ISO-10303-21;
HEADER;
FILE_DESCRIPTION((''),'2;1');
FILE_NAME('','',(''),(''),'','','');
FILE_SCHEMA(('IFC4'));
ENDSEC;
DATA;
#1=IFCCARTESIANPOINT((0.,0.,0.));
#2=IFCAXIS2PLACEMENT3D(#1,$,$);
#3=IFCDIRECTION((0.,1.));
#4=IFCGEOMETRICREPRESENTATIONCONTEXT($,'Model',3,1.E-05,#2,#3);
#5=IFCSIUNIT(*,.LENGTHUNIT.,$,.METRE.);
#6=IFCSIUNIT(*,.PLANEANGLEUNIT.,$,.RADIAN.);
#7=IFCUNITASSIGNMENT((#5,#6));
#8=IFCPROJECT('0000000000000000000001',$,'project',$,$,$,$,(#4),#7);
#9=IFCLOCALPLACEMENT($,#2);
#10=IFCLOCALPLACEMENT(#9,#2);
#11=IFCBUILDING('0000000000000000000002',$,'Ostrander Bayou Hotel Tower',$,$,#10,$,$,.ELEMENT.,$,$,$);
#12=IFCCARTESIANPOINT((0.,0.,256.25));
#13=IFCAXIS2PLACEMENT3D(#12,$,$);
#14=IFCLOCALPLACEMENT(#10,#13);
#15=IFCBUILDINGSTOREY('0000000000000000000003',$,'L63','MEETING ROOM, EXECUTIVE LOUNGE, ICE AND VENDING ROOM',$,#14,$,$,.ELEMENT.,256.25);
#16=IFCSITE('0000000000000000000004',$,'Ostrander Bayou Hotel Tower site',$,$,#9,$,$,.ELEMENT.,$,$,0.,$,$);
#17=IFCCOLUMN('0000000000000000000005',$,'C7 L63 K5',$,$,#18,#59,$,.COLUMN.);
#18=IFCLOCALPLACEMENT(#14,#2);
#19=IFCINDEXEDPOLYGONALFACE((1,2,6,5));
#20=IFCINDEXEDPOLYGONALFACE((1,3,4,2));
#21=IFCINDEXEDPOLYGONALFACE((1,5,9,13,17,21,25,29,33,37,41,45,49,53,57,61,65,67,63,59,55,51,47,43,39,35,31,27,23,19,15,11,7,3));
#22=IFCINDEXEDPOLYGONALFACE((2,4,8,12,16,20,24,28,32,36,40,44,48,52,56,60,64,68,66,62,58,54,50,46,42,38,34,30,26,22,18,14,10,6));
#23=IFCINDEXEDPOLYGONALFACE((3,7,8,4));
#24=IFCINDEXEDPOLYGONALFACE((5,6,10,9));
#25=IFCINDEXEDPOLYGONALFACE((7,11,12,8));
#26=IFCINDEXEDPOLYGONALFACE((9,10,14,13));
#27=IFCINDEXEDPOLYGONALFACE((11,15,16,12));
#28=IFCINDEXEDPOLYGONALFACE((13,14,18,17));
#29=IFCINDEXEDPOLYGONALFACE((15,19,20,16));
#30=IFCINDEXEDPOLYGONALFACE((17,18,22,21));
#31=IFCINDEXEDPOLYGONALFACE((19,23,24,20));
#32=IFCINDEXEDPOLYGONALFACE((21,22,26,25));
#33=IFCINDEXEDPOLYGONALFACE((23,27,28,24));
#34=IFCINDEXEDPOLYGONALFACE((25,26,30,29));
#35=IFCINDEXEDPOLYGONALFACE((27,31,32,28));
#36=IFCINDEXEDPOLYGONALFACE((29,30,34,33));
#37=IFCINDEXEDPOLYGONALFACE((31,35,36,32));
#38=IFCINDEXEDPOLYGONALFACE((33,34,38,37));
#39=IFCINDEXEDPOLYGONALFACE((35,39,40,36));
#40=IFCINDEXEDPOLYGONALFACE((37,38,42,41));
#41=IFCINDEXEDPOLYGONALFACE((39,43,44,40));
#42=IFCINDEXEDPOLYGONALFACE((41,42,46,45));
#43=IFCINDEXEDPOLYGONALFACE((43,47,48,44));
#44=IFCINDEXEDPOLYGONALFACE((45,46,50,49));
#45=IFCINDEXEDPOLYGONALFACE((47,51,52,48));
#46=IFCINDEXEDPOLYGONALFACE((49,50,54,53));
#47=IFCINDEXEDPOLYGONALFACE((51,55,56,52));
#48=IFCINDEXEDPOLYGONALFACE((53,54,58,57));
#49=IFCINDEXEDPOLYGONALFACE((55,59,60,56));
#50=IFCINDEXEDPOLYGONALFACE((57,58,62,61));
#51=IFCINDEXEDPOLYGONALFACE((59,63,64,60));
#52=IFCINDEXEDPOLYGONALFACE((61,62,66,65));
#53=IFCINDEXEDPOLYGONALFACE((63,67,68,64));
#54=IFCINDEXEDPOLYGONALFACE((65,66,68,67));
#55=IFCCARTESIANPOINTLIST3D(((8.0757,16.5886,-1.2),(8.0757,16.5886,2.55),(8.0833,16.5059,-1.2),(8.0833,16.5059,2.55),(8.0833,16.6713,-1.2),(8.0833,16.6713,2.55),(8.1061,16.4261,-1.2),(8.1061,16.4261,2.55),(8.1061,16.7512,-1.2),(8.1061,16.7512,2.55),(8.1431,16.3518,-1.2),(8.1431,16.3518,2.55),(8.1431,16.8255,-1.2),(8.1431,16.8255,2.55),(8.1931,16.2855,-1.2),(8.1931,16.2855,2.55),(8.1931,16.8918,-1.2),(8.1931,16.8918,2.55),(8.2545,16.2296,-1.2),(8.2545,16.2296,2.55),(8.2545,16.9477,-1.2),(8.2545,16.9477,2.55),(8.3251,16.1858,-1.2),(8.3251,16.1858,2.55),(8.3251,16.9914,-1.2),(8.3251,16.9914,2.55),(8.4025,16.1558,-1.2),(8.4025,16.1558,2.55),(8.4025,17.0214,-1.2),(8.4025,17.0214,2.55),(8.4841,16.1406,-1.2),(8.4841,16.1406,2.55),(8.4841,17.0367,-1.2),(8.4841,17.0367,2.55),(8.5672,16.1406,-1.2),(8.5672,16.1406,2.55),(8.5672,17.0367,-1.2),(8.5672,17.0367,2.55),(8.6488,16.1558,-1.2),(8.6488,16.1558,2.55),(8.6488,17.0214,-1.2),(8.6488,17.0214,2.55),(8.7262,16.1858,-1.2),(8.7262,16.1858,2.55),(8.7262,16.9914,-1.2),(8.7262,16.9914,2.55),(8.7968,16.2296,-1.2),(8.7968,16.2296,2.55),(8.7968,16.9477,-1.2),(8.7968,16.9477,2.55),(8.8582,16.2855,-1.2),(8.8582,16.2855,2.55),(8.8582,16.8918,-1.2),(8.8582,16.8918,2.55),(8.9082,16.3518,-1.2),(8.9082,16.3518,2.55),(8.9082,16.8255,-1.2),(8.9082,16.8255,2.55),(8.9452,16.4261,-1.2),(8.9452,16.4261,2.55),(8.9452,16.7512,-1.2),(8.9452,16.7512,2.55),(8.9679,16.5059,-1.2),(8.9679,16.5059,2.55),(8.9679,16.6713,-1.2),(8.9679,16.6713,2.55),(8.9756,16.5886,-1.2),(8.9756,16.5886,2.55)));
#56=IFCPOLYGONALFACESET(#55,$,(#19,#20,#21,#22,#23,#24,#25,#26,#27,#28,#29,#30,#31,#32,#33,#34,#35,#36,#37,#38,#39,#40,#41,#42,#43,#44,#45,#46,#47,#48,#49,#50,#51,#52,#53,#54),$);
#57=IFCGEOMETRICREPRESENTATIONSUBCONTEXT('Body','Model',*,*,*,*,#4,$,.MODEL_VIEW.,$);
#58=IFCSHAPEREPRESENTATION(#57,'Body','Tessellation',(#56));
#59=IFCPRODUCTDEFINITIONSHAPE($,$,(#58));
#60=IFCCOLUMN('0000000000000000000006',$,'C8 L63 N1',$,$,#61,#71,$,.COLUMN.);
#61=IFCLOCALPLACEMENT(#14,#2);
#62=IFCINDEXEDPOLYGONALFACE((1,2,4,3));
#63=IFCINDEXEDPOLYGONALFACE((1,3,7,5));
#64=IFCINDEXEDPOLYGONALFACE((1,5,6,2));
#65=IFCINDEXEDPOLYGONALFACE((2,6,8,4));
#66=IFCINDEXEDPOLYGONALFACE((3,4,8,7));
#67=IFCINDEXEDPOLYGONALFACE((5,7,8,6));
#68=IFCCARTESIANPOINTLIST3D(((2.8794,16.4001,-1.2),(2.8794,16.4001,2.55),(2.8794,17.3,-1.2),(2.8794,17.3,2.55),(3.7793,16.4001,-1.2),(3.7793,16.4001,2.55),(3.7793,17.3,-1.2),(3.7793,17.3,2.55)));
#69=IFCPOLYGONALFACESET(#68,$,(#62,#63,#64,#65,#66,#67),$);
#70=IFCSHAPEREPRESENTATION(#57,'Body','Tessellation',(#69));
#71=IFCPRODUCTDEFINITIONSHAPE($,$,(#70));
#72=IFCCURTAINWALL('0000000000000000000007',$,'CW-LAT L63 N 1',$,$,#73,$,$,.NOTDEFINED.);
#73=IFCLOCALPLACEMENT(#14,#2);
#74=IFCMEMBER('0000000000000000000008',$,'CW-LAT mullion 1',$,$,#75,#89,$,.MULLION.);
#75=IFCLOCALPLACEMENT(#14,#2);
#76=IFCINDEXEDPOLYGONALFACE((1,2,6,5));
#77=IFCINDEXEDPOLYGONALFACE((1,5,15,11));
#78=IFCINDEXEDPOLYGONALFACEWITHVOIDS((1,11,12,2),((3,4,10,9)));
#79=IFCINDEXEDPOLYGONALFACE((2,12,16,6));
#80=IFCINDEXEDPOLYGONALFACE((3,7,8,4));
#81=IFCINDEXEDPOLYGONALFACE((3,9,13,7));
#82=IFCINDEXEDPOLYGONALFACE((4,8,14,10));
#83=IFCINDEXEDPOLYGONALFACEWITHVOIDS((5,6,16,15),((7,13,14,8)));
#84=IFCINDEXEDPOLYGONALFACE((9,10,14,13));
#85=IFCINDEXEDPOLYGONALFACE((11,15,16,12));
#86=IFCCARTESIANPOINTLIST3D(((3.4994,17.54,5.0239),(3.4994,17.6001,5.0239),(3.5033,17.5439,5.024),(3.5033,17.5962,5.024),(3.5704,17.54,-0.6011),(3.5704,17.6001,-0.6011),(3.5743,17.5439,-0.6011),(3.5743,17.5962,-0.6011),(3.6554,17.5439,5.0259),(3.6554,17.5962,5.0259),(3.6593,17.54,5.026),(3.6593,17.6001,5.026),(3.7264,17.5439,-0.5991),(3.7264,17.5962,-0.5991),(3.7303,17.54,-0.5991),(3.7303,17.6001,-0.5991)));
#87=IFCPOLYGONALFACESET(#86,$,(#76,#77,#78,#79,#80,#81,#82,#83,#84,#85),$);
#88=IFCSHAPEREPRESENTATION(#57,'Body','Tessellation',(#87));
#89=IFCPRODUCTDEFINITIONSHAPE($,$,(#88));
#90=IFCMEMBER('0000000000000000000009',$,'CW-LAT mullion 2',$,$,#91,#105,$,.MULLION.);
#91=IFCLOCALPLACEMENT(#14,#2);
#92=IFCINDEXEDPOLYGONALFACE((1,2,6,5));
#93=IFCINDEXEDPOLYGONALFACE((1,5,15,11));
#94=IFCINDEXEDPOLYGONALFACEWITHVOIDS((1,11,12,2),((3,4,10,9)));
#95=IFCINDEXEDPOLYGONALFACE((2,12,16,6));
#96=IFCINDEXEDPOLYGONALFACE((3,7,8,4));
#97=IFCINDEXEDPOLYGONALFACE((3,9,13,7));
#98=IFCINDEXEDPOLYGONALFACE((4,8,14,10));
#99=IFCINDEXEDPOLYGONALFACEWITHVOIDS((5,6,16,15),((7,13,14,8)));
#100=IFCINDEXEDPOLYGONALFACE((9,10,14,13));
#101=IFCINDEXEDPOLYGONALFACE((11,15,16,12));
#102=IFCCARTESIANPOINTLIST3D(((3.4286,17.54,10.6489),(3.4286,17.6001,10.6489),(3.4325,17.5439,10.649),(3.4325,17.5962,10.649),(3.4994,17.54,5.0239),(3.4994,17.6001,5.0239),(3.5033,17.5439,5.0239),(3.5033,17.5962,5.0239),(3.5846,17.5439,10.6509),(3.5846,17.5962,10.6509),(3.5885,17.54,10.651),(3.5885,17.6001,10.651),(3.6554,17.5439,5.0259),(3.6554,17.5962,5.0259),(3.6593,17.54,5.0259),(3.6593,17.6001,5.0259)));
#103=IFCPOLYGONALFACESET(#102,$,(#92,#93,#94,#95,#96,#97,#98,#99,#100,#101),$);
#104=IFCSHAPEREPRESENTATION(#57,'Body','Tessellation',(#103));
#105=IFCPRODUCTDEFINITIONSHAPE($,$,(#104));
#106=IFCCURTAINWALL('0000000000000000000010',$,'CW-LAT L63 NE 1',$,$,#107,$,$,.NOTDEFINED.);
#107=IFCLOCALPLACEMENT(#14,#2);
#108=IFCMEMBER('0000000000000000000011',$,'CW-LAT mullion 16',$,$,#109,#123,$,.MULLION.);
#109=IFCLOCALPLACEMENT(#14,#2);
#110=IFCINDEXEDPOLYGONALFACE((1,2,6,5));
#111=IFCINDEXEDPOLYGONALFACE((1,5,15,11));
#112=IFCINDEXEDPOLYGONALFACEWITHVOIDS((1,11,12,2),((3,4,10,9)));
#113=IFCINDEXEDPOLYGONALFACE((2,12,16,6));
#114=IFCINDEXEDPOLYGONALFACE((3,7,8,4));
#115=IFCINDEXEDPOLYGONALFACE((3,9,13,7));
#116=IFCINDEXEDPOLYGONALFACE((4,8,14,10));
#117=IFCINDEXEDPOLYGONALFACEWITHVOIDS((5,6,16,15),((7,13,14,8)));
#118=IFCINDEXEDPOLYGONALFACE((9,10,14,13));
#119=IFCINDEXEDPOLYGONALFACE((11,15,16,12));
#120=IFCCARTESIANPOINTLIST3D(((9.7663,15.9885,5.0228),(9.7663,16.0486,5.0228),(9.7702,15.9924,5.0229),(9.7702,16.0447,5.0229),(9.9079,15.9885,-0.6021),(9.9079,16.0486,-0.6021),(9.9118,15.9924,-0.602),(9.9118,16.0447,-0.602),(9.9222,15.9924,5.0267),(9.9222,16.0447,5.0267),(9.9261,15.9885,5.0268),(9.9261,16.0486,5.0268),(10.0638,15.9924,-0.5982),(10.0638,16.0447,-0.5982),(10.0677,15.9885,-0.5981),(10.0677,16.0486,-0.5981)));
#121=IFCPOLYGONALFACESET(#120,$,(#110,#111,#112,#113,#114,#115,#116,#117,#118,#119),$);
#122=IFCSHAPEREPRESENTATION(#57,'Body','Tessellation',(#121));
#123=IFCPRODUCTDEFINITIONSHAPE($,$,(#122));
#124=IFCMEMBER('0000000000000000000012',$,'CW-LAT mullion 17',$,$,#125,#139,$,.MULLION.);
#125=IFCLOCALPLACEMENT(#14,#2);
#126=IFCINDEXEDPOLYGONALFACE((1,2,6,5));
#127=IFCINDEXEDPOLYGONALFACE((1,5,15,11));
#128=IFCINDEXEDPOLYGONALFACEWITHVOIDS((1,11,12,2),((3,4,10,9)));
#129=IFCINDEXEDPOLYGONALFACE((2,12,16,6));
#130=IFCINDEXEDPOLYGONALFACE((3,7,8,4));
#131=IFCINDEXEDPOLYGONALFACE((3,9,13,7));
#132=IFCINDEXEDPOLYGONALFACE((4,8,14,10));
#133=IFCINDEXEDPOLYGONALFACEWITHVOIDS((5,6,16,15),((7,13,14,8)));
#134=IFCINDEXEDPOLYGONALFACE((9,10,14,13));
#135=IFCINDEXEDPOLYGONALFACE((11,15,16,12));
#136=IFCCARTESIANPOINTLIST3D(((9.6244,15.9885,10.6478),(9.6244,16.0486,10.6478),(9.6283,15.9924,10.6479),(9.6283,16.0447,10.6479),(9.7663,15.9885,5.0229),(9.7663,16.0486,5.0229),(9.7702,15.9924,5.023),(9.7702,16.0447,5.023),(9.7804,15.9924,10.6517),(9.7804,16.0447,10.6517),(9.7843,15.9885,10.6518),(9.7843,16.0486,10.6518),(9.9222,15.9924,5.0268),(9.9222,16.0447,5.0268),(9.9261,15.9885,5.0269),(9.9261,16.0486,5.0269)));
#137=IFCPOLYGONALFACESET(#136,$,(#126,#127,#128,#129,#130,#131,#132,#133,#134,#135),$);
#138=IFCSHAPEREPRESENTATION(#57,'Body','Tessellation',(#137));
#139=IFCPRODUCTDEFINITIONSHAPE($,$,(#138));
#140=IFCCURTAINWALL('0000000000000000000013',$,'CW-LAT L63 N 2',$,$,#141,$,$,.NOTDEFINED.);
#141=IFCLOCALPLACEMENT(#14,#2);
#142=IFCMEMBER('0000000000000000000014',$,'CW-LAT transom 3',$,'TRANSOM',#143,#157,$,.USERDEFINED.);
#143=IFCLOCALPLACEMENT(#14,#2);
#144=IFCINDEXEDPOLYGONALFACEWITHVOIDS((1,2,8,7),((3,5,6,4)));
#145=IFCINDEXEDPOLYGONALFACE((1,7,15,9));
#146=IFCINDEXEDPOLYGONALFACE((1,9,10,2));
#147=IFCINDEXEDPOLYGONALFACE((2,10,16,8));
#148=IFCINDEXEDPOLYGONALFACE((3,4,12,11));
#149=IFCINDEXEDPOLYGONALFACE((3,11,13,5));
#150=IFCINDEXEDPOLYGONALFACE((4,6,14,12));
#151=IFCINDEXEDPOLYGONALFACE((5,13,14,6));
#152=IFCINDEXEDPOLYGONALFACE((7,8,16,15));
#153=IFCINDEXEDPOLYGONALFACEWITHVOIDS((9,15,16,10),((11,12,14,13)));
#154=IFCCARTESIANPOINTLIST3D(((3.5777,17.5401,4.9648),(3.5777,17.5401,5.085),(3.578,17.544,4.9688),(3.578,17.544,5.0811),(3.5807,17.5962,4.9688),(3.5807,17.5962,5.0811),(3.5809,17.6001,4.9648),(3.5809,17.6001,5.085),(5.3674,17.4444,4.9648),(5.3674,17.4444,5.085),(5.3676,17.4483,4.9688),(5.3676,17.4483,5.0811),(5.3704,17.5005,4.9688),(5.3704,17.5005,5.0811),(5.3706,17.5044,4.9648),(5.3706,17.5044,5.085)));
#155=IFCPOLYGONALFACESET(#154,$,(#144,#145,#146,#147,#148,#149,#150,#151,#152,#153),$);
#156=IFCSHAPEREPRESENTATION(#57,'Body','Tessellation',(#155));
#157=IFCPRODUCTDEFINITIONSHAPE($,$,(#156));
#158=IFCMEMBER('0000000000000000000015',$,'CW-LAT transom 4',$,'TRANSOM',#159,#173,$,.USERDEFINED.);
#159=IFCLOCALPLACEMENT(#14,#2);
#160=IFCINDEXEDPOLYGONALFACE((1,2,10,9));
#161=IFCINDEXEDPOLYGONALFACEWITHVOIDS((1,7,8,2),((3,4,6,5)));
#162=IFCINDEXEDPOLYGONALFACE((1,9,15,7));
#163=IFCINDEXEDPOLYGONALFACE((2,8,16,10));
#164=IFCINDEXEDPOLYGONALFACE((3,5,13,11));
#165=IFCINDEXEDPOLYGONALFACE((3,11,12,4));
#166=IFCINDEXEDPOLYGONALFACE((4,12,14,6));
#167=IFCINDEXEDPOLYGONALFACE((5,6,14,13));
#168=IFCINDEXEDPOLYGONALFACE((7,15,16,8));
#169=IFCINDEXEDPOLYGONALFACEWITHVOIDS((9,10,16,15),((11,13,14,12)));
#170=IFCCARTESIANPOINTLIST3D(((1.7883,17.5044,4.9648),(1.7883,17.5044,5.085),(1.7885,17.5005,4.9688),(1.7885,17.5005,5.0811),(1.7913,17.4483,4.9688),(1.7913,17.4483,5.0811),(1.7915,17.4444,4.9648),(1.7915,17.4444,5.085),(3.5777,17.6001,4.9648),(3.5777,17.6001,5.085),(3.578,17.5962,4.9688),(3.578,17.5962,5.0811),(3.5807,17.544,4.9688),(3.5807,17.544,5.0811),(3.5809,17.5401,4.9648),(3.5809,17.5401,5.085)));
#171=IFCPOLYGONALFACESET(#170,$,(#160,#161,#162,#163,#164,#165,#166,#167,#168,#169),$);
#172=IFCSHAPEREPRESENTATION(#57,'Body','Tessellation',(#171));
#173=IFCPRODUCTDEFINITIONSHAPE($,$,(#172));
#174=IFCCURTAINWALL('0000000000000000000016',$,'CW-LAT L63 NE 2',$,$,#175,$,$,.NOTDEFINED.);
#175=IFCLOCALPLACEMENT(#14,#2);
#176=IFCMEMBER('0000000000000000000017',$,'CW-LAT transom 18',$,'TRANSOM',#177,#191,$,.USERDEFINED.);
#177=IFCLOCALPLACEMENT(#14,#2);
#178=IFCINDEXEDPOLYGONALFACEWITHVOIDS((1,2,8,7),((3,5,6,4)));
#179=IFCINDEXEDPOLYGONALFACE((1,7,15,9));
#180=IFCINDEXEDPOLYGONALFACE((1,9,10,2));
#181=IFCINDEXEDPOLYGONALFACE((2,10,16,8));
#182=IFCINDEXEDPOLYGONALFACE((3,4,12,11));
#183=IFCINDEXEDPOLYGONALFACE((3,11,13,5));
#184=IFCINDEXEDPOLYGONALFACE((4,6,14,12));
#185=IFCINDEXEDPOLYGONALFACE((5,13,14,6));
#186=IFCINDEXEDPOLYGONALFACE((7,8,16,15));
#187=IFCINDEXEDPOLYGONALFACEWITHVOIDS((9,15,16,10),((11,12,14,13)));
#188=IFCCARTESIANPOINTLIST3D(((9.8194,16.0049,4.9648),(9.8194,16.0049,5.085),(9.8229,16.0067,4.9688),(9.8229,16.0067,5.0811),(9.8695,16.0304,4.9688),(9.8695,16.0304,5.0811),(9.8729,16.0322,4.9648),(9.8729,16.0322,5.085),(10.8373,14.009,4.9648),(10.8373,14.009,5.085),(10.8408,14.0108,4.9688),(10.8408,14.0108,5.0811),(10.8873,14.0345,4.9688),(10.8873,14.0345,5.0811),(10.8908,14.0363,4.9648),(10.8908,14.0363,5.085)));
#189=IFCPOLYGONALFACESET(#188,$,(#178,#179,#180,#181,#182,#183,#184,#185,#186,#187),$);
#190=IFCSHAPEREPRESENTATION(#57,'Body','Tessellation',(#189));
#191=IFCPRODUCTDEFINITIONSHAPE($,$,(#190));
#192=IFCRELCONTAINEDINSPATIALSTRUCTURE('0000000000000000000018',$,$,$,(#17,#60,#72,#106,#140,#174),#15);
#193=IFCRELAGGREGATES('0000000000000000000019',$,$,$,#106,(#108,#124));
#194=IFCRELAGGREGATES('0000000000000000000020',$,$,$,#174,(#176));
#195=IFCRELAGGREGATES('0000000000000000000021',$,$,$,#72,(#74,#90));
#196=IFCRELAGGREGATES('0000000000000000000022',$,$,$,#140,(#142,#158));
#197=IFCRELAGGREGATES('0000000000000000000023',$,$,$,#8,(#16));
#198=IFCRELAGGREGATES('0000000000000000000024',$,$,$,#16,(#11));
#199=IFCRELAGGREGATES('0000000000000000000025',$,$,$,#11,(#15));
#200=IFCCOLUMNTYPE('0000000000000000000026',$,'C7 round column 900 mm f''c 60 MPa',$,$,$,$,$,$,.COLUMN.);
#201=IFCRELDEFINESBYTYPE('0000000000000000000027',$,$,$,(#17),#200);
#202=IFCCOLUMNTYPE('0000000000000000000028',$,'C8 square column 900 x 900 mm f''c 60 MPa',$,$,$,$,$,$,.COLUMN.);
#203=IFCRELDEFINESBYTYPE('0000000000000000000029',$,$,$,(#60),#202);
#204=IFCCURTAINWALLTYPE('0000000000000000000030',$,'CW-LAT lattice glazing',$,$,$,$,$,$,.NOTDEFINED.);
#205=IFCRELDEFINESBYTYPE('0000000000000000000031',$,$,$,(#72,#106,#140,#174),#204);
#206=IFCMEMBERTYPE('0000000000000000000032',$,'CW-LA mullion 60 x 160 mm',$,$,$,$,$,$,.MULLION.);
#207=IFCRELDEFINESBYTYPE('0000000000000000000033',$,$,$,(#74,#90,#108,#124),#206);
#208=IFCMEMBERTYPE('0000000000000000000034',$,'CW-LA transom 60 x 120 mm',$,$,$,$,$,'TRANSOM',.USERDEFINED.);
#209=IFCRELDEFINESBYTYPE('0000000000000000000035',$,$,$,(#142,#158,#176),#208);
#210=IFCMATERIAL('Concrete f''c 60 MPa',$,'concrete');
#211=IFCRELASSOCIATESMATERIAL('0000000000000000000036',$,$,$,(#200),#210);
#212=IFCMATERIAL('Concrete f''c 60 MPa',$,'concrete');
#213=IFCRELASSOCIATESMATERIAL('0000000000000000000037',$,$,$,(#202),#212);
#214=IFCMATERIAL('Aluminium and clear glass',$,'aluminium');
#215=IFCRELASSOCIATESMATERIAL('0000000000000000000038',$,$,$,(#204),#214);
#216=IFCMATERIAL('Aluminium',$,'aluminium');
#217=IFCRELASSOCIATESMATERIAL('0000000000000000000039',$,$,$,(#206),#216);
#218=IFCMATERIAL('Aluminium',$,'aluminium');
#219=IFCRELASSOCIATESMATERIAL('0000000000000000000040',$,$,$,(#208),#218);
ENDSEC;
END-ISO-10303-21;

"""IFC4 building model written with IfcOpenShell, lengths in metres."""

from ifc_helpers import new_model, si_unit, direction, frame, origin, origin_2d, place, context, subcontext, project, spatial, rectangle, hollow_rectangle, circle, extrude, material, material_profile, profile_set, type_object, element, aggregate, save


model = new_model("IFC4")

# Units and contexts
model_context = context("Model", 3, precision=1e-05, world=origin(), true_north=direction((0.0, 1.0)))
body_context = subcontext(model_context, "Body", "Model", "MODEL_VIEW")
ifc_project = project(units=[si_unit("LENGTHUNIT", "METRE"), si_unit("PLANEANGLEUNIT", "RADIAN")], contexts=[model_context])

# Site, building, storey
site_placement = place(None, origin())
site = spatial("IfcSite", under=ifc_project, at=site_placement, Name="Ostrander Bayou Hotel Tower site", CompositionType="ELEMENT", RefElevation=0.0)
building_placement = place(site_placement, origin())
building = spatial("IfcBuilding", under=site, at=building_placement, Name="Ostrander Bayou Hotel Tower", CompositionType="ELEMENT")
storey_placement = place(building_placement, frame((0.0, 0.0, 256.25)))
storey = spatial("IfcBuildingStorey", under=building, at=storey_placement, Name="L63", Description="MEETING ROOM, EXECUTIVE LOUNGE, ICE AND VENDING ROOM", CompositionType="ELEMENT", Elevation=256.25)

# Columns
ifc_material_1 = material(Name="Concrete f'c 60 MPa", Category="concrete")
ifc_material_profile_1 = material_profile(ifc_material_1, circle(Radius=0.45, at=origin_2d()))
ifc_profile_set_1 = profile_set([ifc_material_profile_1], Name="Concrete f'c 60 MPa")
column_type_1 = type_object("IfcColumnType", Name="C7 round column 900 mm f'c 60 MPa", PredefinedType="COLUMN", material=ifc_profile_set_1)
column_1_placement = place(storey_placement, frame((8.5256, 16.5886, -1.2), z_axis=(0.0, 0.0, 1.0), x_axis=(1.0, 0.0, 0.0)))
element("IfcColumn", 1, at=column_1_placement, inside=storey, type_object=column_type_1, Name="C7 L63 K5", PredefinedType="COLUMN", context=body_context, shape_type="SweptSolid", body=[
    extrude(circle(Radius=0.45, at=origin_2d()), origin(), (0.0, 0.0, 1.0), 3.75),
])
ifc_material_2 = material(Name="Concrete f'c 60 MPa", Category="concrete")
ifc_material_profile_2 = material_profile(ifc_material_2, rectangle(XDim=0.8999, YDim=0.8999, at=origin_2d()))
ifc_profile_set_2 = profile_set([ifc_material_profile_2], Name="Concrete f'c 60 MPa")
column_type_2 = type_object("IfcColumnType", Name="C8 square column 900 x 900 mm f'c 60 MPa", PredefinedType="COLUMN", material=ifc_profile_set_2)
column_2_placement = place(storey_placement, frame((3.3293, 16.8501, -1.2), z_axis=(0.0, 0.0, 1.0), x_axis=(1.0, 0.0, 0.0)))
element("IfcColumn", 2, at=column_2_placement, inside=storey, type_object=column_type_2, Name="C8 L63 N1", PredefinedType="COLUMN", context=body_context, shape_type="SweptSolid", body=[
    extrude(rectangle(XDim=0.8999, YDim=0.8999, at=origin_2d()), origin(), (0.0, 0.0, 1.0), 3.75),
])

# Curtain walls, members
ifc_material_3 = material(Name="Aluminium and clear glass", Category="aluminium")
curtain_wall_type = type_object("IfcCurtainWallType", Name="CW-LAT lattice glazing", PredefinedType="NOTDEFINED", material=ifc_material_3)
curtain_wall_1_placement = place(storey_placement, origin())
curtain_wall_1 = element("IfcCurtainWall", 3, at=curtain_wall_1_placement, inside=storey, type_object=curtain_wall_type, Name="CW-LAT L63 N 1", PredefinedType="NOTDEFINED")
ifc_material_4 = material(Name="Aluminium", Category="aluminium")
ifc_material_profile_3 = material_profile(ifc_material_4, hollow_rectangle(XDim=0.0601, YDim=0.1599, WallThickness=0.0039, at=origin_2d()))
ifc_profile_set_3 = profile_set([ifc_material_profile_3], Name="Aluminium")
member_type_1 = type_object("IfcMemberType", Name="CW-LA mullion 60 x 160 mm", PredefinedType="MULLION", material=ifc_profile_set_3)
member_1_placement = place(storey_placement, frame((3.6504, 17.5701, -0.6001), z_axis=(-0.012629, 0.0, 0.99992), x_axis=(0.0, -1.0, 0.0)))
member_1 = element("IfcMember", 4, at=member_1_placement, type_object=member_type_1, Name="CW-LAT mullion 1", PredefinedType="MULLION", context=body_context, shape_type="SweptSolid", body=[
    extrude(hollow_rectangle(XDim=0.0601, YDim=0.1599, WallThickness=0.0039, at=origin_2d()), origin(), (0.0, 0.0, 1.0), 5.6255),
])
member_2_placement = place(storey_placement, frame((3.5793, 17.5701, 5.0249), z_axis=(-0.012586, 0.0, 0.999921), x_axis=(0.0, -1.0, 0.0)))
member_2 = element("IfcMember", 5, at=member_2_placement, type_object=member_type_1, Name="CW-LAT mullion 2", PredefinedType="MULLION", context=body_context, shape_type="SweptSolid", body=[
    extrude(hollow_rectangle(XDim=0.0601, YDim=0.1599, WallThickness=0.0039, at=origin_2d()), origin(), (0.0, 0.0, 1.0), 5.6255),
])
curtain_wall_2_placement = place(storey_placement, origin())
curtain_wall_2 = element("IfcCurtainWall", 6, at=curtain_wall_2_placement, inside=storey, type_object=curtain_wall_type, Name="CW-LAT L63 NE 1", PredefinedType="NOTDEFINED")
member_3_placement = place(storey_placement, frame((9.9878, 16.0186, -0.6001), z_axis=(-0.025166, 0.0, 0.999683), x_axis=(0.0, -1.0, 0.0)))
member_3 = element("IfcMember", 7, at=member_3_placement, type_object=member_type_1, Name="CW-LAT mullion 16", PredefinedType="MULLION", context=body_context, shape_type="SweptSolid", body=[
    extrude(hollow_rectangle(XDim=0.0601, YDim=0.1599, WallThickness=0.0039, at=origin_2d()), origin(), (0.0, 0.0, 1.0), 5.6267),
])
member_4_placement = place(storey_placement, frame((9.8462, 16.0186, 5.0249), z_axis=(-0.025209, 0.0, 0.999682), x_axis=(0.0, -1.0, 0.0)))
member_4 = element("IfcMember", 8, at=member_4_placement, type_object=member_type_1, Name="CW-LAT mullion 17", PredefinedType="MULLION", context=body_context, shape_type="SweptSolid", body=[
    extrude(hollow_rectangle(XDim=0.0601, YDim=0.1599, WallThickness=0.0039, at=origin_2d()), origin(), (0.0, 0.0, 1.0), 5.6267),
])
aggregate(curtain_wall_2, [member_3, member_4])
curtain_wall_3_placement = place(storey_placement, origin())
curtain_wall_3 = element("IfcCurtainWall", 9, at=curtain_wall_3_placement, inside=storey, type_object=curtain_wall_type, Name="CW-LAT L63 N 2", PredefinedType="NOTDEFINED")
ifc_material_5 = material(Name="Aluminium", Category="aluminium")
ifc_material_profile_4 = material_profile(ifc_material_5, hollow_rectangle(XDim=0.0601, YDim=0.1201, WallThickness=0.0039, at=origin_2d()))
ifc_profile_set_4 = profile_set([ifc_material_profile_4], Name="Aluminium")
member_type_2 = type_object("IfcMemberType", Name="CW-LA transom 60 x 120 mm", ElementType="TRANSOM", PredefinedType="USERDEFINED", material=ifc_profile_set_4)
member_5_placement = place(storey_placement, frame((3.5793, 17.5701, 5.0249), z_axis=(0.998573, -0.053395, 0.0), x_axis=(0.053395, 0.998573, 0.0)))
member_5 = element("IfcMember", 10, at=member_5_placement, type_object=member_type_2, Name="CW-LAT transom 3", ObjectType="TRANSOM", PredefinedType="USERDEFINED", context=body_context, shape_type="SweptSolid", body=[
    extrude(hollow_rectangle(XDim=0.0601, YDim=0.1201, WallThickness=0.0039, at=origin_2d()), origin(), (0.0, 0.0, 1.0), 1.7922),
])
member_6_placement = place(storey_placement, frame((3.5793, 17.5701, 5.0249), z_axis=(-0.998573, -0.053403, 0.0), x_axis=(0.053403, -0.998573, 0.0)))
member_6 = element("IfcMember", 11, at=member_6_placement, type_object=member_type_2, Name="CW-LAT transom 4", ObjectType="TRANSOM", PredefinedType="USERDEFINED", context=body_context, shape_type="SweptSolid", body=[
    extrude(hollow_rectangle(XDim=0.0601, YDim=0.1201, WallThickness=0.0039, at=origin_2d()), origin(), (0.0, 0.0, 1.0), 1.792),
])

# Curtain wall, member
curtain_wall_4_placement = place(storey_placement, origin())
curtain_wall_4 = element("IfcCurtainWall", 12, at=curtain_wall_4_placement, inside=storey, type_object=curtain_wall_type, Name="CW-LAT L63 NE 2", PredefinedType="NOTDEFINED")
member_7_placement = place(storey_placement, frame((9.8462, 16.0186, 5.0249), z_axis=(0.454304, -0.890846, 0.0), x_axis=(0.890846, 0.454304, 0.0)))
member_7 = element("IfcMember", 13, at=member_7_placement, type_object=member_type_2, Name="CW-LAT transom 18", ObjectType="TRANSOM", PredefinedType="USERDEFINED", context=body_context, shape_type="SweptSolid", body=[
    extrude(hollow_rectangle(XDim=0.0601, YDim=0.1201, WallThickness=0.0039, at=origin_2d()), origin(), (0.0, 0.0, 1.0), 2.2405),
])
aggregate(curtain_wall_4, [member_7])

aggregate(curtain_wall_1, [member_1, member_2])
aggregate(curtain_wall_3, [member_5, member_6])

save(model, "model.ifc")
